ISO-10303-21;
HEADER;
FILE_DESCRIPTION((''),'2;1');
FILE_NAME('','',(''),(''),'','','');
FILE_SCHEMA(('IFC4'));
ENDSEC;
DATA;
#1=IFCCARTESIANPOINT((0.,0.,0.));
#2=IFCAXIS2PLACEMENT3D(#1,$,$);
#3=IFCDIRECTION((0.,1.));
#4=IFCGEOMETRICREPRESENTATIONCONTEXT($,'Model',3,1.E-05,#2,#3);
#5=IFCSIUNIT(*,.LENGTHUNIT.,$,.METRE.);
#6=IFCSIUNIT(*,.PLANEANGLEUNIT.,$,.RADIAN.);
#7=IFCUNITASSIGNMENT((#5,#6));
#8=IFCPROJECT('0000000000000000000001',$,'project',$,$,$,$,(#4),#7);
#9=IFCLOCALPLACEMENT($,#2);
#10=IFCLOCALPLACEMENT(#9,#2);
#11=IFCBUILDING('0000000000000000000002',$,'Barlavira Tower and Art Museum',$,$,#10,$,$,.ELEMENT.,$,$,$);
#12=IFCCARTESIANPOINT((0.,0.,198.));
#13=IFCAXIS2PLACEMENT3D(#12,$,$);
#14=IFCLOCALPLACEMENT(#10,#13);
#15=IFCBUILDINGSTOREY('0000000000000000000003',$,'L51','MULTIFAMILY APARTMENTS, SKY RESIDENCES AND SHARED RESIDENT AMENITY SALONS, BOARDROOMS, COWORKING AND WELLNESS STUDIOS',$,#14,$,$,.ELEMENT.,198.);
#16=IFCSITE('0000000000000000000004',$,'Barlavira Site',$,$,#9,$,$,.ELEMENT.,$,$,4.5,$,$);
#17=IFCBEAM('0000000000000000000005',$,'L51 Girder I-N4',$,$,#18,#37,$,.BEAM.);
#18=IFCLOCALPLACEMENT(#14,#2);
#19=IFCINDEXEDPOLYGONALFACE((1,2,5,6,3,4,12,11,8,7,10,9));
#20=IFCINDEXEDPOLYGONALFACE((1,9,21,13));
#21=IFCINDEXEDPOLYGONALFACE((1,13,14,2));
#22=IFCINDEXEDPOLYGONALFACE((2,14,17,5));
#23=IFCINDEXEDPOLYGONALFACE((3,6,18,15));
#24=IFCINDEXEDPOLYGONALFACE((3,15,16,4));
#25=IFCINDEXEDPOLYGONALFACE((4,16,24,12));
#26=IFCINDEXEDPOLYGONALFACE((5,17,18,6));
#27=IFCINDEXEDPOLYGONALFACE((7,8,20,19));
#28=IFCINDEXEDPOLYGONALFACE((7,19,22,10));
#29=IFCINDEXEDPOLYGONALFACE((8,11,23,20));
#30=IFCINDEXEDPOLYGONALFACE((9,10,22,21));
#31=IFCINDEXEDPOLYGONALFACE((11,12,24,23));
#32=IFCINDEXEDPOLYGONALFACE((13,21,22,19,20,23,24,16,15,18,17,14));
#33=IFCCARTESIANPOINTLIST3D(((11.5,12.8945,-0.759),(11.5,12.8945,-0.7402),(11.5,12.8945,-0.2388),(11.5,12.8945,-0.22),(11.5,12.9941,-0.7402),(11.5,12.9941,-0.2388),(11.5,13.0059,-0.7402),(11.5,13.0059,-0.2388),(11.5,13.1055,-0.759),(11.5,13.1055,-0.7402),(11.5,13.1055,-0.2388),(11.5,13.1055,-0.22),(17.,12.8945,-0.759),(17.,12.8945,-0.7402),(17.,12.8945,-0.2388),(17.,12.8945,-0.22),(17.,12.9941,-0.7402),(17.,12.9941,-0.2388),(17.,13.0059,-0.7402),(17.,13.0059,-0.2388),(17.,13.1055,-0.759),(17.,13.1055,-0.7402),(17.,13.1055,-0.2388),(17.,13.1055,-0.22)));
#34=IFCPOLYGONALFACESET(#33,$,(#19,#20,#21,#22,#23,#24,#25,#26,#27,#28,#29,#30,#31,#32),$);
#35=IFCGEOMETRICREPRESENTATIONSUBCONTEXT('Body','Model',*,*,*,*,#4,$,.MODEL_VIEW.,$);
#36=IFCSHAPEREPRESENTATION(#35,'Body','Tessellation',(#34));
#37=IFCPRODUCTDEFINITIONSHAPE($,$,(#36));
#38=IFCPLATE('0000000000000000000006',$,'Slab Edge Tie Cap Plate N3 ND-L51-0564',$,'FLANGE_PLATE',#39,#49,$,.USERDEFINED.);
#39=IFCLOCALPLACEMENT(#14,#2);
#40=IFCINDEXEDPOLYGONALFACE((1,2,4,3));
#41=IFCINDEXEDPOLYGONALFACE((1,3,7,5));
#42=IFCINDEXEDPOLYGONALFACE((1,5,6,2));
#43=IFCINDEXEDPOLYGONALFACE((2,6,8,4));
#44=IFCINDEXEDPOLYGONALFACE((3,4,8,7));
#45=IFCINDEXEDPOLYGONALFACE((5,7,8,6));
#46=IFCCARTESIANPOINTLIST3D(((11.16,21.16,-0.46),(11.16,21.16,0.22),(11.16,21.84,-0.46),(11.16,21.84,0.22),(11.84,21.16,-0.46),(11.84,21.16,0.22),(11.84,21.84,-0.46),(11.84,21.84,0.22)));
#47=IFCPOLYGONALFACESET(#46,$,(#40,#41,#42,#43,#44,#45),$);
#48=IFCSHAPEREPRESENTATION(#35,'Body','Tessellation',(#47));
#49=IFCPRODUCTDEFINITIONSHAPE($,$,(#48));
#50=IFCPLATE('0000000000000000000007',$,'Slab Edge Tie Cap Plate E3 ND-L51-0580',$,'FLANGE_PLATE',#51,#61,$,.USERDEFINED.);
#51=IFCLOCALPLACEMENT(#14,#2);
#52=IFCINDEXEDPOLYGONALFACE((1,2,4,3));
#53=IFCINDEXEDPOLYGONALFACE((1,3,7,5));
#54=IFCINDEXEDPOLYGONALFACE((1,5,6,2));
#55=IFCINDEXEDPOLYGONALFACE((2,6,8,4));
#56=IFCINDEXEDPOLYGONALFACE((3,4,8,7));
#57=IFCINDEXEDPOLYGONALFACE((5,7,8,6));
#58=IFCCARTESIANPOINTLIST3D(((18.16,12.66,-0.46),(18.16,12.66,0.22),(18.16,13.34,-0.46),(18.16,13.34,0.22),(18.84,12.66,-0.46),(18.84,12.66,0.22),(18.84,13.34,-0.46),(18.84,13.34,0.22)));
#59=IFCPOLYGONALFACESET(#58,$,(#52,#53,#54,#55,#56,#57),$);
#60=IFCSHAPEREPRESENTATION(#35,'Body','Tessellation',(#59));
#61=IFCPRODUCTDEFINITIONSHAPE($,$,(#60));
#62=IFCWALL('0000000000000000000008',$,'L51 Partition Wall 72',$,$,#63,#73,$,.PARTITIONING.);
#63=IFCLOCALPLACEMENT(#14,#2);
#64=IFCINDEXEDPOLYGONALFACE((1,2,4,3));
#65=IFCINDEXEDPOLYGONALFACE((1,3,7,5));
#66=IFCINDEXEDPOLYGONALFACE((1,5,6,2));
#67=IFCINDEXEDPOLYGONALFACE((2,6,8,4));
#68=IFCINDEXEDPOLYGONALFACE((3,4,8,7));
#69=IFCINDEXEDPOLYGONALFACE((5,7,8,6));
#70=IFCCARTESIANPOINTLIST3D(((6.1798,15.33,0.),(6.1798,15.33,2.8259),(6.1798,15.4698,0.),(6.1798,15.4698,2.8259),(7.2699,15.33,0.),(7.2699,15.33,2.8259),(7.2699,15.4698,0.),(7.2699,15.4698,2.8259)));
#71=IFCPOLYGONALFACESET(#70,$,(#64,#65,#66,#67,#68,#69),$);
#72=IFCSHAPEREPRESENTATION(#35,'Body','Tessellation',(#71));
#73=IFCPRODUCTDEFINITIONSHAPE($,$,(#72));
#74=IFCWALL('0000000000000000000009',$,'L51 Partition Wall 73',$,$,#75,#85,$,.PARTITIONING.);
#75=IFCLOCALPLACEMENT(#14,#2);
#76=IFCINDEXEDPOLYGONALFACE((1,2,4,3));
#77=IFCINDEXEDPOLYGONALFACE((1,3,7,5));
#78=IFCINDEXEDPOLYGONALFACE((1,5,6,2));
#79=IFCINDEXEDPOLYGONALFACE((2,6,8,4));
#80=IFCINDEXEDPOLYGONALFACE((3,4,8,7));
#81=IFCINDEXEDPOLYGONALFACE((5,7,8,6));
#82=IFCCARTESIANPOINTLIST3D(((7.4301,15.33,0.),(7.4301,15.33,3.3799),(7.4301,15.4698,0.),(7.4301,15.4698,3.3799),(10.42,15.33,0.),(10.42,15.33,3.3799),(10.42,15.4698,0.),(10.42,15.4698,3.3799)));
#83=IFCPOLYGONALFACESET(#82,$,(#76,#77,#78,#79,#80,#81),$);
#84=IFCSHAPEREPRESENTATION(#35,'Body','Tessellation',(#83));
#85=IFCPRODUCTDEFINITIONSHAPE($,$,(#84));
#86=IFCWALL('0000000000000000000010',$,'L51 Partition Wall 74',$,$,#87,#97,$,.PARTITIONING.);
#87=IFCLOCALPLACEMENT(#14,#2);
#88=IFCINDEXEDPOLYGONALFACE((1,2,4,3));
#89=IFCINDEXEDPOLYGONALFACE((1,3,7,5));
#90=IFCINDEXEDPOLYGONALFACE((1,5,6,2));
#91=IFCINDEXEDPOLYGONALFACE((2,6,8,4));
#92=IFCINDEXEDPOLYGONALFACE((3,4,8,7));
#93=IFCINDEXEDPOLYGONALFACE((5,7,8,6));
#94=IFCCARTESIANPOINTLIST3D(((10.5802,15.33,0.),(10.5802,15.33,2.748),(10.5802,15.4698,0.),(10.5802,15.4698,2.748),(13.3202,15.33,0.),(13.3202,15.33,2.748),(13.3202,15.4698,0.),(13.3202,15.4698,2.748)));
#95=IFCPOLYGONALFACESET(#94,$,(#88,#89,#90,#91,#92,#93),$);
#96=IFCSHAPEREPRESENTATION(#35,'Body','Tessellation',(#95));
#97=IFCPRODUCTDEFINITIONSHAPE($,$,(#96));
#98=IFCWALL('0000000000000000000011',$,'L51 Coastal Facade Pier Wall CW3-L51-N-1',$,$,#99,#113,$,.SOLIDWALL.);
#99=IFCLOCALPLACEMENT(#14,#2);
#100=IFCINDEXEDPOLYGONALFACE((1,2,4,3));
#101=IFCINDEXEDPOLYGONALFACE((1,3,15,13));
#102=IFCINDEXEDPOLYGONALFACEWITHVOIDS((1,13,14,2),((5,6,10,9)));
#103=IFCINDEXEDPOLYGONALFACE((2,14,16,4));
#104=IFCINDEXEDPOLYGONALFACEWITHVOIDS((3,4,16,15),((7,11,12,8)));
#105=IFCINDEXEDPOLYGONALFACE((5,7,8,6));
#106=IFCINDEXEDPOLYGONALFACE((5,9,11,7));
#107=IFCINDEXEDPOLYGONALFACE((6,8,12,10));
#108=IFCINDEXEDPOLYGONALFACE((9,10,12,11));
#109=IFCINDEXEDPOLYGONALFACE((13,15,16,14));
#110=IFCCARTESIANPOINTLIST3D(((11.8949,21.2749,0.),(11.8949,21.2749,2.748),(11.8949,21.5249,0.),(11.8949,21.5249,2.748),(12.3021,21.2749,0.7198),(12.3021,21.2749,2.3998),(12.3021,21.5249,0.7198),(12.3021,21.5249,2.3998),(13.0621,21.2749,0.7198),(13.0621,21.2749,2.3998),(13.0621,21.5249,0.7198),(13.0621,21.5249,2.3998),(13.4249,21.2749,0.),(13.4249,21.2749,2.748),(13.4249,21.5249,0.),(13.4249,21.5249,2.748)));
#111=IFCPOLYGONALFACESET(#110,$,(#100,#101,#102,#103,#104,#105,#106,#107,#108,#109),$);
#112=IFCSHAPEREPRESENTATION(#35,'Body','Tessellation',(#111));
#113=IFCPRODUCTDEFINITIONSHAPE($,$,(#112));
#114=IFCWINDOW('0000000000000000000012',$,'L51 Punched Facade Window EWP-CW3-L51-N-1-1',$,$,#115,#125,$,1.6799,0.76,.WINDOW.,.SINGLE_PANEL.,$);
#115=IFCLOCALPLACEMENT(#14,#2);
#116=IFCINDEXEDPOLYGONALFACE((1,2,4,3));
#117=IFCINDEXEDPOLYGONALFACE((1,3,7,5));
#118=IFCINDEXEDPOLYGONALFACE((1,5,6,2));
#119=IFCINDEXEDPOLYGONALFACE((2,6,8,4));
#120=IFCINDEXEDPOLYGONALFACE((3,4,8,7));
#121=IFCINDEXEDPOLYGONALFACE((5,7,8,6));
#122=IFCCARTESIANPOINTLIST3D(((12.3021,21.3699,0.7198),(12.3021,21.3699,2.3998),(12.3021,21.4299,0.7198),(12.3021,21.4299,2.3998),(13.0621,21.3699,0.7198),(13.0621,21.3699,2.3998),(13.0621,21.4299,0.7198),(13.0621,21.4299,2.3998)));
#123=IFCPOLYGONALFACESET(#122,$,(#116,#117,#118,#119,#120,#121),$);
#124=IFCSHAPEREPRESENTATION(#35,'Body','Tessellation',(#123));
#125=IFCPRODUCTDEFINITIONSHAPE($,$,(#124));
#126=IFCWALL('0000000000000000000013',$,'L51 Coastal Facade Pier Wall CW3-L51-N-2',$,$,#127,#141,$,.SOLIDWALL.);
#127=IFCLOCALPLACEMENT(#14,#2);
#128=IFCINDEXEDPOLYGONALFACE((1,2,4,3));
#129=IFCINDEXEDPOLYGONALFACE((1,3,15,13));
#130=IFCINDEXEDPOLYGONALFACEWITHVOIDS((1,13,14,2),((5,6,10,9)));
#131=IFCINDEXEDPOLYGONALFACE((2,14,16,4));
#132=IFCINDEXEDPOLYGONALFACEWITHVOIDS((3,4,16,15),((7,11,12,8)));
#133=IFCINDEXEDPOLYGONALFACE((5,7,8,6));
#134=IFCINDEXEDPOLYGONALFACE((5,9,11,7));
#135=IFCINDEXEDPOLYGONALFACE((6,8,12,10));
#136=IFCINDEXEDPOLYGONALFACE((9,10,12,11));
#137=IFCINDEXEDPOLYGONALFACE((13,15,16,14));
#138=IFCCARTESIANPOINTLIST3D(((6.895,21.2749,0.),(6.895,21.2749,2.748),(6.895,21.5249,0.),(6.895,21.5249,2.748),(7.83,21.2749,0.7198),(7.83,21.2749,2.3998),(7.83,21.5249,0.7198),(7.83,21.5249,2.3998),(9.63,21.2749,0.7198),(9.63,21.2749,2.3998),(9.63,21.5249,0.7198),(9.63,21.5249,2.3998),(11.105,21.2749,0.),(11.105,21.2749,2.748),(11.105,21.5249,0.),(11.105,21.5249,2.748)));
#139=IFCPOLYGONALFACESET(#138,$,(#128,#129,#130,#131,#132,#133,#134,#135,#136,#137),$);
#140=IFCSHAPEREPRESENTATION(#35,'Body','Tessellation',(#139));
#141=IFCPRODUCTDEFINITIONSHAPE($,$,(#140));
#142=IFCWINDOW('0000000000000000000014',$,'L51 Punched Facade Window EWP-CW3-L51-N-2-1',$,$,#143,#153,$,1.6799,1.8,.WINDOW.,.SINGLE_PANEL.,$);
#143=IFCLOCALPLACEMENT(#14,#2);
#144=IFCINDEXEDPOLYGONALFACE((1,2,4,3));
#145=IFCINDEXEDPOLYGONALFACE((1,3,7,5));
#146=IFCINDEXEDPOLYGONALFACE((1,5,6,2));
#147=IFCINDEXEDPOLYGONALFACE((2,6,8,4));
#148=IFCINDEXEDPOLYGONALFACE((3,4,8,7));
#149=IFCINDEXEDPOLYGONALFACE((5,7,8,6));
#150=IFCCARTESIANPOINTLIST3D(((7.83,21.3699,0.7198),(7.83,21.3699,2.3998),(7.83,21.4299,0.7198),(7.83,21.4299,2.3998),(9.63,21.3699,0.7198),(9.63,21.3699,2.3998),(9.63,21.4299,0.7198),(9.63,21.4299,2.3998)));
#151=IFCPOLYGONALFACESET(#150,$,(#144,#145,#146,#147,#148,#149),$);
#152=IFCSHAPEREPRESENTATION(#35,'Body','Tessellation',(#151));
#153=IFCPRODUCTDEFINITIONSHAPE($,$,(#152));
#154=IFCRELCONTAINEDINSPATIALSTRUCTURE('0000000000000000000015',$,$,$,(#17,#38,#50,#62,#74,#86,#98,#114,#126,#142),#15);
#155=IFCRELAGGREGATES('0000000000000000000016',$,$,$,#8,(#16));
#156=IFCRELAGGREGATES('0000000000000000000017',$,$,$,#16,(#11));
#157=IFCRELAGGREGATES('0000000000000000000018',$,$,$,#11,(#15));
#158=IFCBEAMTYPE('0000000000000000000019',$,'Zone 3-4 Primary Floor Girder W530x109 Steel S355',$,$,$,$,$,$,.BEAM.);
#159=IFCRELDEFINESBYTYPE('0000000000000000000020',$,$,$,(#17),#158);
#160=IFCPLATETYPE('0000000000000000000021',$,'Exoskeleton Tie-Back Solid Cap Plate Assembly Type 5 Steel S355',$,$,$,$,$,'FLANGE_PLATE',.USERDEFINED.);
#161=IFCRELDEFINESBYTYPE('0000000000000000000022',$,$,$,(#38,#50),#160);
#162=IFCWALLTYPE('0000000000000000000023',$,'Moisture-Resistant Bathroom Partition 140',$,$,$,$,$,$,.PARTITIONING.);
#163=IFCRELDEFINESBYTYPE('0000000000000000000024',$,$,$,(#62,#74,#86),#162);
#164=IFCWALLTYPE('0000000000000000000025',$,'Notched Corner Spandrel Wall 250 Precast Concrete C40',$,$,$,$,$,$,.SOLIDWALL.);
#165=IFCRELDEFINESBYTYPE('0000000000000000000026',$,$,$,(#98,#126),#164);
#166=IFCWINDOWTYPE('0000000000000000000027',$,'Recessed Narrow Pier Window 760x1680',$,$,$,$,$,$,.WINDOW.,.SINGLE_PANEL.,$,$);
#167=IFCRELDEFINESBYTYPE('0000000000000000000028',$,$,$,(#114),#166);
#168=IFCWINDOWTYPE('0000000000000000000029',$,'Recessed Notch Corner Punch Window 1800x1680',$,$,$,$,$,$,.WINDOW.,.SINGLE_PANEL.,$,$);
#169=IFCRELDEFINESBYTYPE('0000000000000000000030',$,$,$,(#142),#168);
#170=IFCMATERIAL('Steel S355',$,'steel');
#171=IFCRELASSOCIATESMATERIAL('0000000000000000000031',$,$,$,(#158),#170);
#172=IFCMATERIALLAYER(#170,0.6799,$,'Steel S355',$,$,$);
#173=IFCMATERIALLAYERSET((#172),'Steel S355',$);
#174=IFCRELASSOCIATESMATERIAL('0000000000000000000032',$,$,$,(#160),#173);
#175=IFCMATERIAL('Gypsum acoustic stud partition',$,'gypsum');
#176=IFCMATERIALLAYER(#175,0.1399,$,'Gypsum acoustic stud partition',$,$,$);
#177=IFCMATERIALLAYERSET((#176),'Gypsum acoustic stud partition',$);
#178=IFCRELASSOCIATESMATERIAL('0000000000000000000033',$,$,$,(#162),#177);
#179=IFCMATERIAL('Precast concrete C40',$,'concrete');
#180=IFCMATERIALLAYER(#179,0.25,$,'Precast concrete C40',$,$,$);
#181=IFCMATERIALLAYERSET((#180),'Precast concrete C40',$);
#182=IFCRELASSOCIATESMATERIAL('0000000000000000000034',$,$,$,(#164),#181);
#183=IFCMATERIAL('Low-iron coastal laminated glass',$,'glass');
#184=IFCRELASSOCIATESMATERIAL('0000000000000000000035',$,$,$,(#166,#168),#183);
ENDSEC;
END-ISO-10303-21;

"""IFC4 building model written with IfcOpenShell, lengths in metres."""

from ifc_helpers import new_model, si_unit, direction, frame, frame_2d, origin, origin_2d, place, context, subcontext, project, spatial, rectangle, i_section, extrude, material, layer, layer_set, material_profile, profile_set, type_object, element, fill, save


model = new_model("IFC4")

# Units and contexts
model_context = context("Model", 3, precision=1e-05, world=origin(), true_north=direction((0.0, 1.0)))
body_context = subcontext(model_context, "Body", "Model", "MODEL_VIEW")
ifc_project = project(units=[si_unit("LENGTHUNIT", "METRE"), si_unit("PLANEANGLEUNIT", "RADIAN")], contexts=[model_context])

# Site, building, storey
site_placement = place(None, origin())
site = spatial("IfcSite", under=ifc_project, at=site_placement, Name="Barlavira Site", CompositionType="ELEMENT", RefElevation=4.5)
building_placement = place(site_placement, origin())
building = spatial("IfcBuilding", under=site, at=building_placement, Name="Barlavira Tower and Art Museum", CompositionType="ELEMENT")
storey_placement = place(building_placement, frame((0.0, 0.0, 198.0)))
storey = spatial("IfcBuildingStorey", under=building, at=storey_placement, Name="L51", Description="MULTIFAMILY APARTMENTS, SKY RESIDENCES AND SHARED RESIDENT AMENITY SALONS, BOARDROOMS, COWORKING AND WELLNESS STUDIOS", CompositionType="ELEMENT", Elevation=198.0)

# Shared definitions
ifc_material_1 = material(Name="Steel S355", Category="steel")

# Beam
ifc_material_profile_1 = material_profile(ifc_material_1, i_section(OverallWidth=0.2109, OverallDepth=0.5391, WebThickness=0.0117, FlangeThickness=0.0188, at=origin_2d()), Name="W530x109.0")
ifc_profile_set_1 = profile_set([ifc_material_profile_1], Name="Steel S355")
beam_type_1 = type_object("IfcBeamType", Name="Zone 3-4 Primary Floor Girder W530x109 Steel S355", PredefinedType="BEAM", material=ifc_profile_set_1)
beam_1_placement = place(storey_placement, frame((11.5, 13.0, -0.4895), z_axis=(1.0, 0.0, 0.0), x_axis=(0.0, 1.0, 0.0)))
element("IfcBeam", 1, at=beam_1_placement, inside=storey, type_object=beam_type_1, Name="L51 Girder I-N4", PredefinedType="BEAM", context=body_context, shape_type="SweptSolid", body=[
    extrude(i_section(OverallWidth=0.2109, OverallDepth=0.5391, WebThickness=0.0117, FlangeThickness=0.0188, at=origin_2d()), origin(), (0.0, 0.0, 1.0), 5.5),
])

# Plates
ifc_layer_1 = layer(ifc_material_1, 0.6799, Name="Steel S355")
ifc_layer_set_1 = layer_set([ifc_layer_1], Name="Steel S355")
plate_type = type_object("IfcPlateType", Name="Exoskeleton Tie-Back Solid Cap Plate Assembly Type 5 Steel S355", ElementType="FLANGE_PLATE", PredefinedType="USERDEFINED", material=ifc_layer_set_1)
for number, where, z_axis, x_axis, name in (
    (2, (11.5, 21.5, -0.46), (0.0, 0.0, 1.0), (1.0, 0.0, 0.0), "Slab Edge Tie Cap Plate N3 ND-L51-0564"),
    (3, (18.5, 13.0, -0.46), (0.0, 0.0, 1.0), (1.0, 0.0, 0.0), "Slab Edge Tie Cap Plate E3 ND-L51-0580"),
):
    element("IfcPlate", number, at=place(storey_placement, frame(where, z_axis=z_axis, x_axis=x_axis)), inside=storey, type_object=plate_type, Name=name, ObjectType="FLANGE_PLATE", PredefinedType="USERDEFINED", context=body_context, shape_type="SweptSolid", body=[
        extrude(rectangle(XDim=0.6799, YDim=0.6799, at=origin_2d()), origin(), (0.0, 0.0, 1.0), 0.6799),
    ])

# Walls
ifc_material_2 = material(Name="Gypsum acoustic stud partition", Category="gypsum")
ifc_layer_2 = layer(ifc_material_2, 0.1399, Name="Gypsum acoustic stud partition")
ifc_layer_set_2 = layer_set([ifc_layer_2], Name="Gypsum acoustic stud partition")
wall_type_1 = type_object("IfcWallType", Name="Moisture-Resistant Bathroom Partition 140", PredefinedType="PARTITIONING", material=ifc_layer_set_2)
wall_1_placement = place(storey_placement, frame((6.1799, 15.3999, 0.0), z_axis=(0.0, 0.0, 1.0), x_axis=(1.0, 0.0, 0.0)))
element("IfcWall", 4, at=wall_1_placement, inside=storey, type_object=wall_type_1, Name="L51 Partition Wall 72", PredefinedType="PARTITIONING", context=body_context, shape_type="SweptSolid", body=[
    extrude(rectangle(XDim=1.0901, YDim=0.1399, at=frame_2d((0.5449, 0.0))), origin(), (0.0, 0.0, 1.0), 2.8259),
])
wall_2_placement = place(storey_placement, frame((7.4299, 15.3999, 0.0), z_axis=(0.0, 0.0, 1.0), x_axis=(1.0, 0.0, 0.0)))
element("IfcWall", 5, at=wall_2_placement, inside=storey, type_object=wall_type_1, Name="L51 Partition Wall 73", PredefinedType="PARTITIONING", context=body_context, shape_type="SweptSolid", body=[
    extrude(rectangle(XDim=2.99, YDim=0.1399, at=frame_2d((1.4951, 0.0))), origin(), (0.0, 0.0, 1.0), 3.3799),
])
wall_3_placement = place(storey_placement, frame((10.5801, 15.3999, 0.0), z_axis=(0.0, 0.0, 1.0), x_axis=(1.0, 0.0, 0.0)))
element("IfcWall", 6, at=wall_3_placement, inside=storey, type_object=wall_type_1, Name="L51 Partition Wall 74", PredefinedType="PARTITIONING", context=body_context, shape_type="SweptSolid", body=[
    extrude(rectangle(XDim=2.74, YDim=0.1399, at=frame_2d((1.3701, 0.0))), origin(), (0.0, 0.0, 1.0), 2.748),
])

# Walls, openings, windows
ifc_material_3 = material(Name="Precast concrete C40", Category="concrete")
ifc_layer_3 = layer(ifc_material_3, 0.25, Name="Precast concrete C40")
ifc_layer_set_3 = layer_set([ifc_layer_3], Name="Precast concrete C40")
wall_type_2 = type_object("IfcWallType", Name="Notched Corner Spandrel Wall 250 Precast Concrete C40", PredefinedType="SOLIDWALL", material=ifc_layer_set_3)
wall_4_placement = place(storey_placement, frame((13.425, 21.3999, 0.0), z_axis=(0.0, 0.0, 1.0), x_axis=(-1.0, 0.0, 0.0)))
wall_4 = element("IfcWall", 7, at=wall_4_placement, inside=storey, type_object=wall_type_2, Name="L51 Coastal Facade Pier Wall CW3-L51-N-1", PredefinedType="SOLIDWALL", context=body_context, shape_type="SweptSolid", body=[
    extrude(rectangle(XDim=1.53, YDim=0.25, at=frame_2d((0.7651, 0.0))), origin(), (0.0, 0.0, 1.0), 2.748),
])
opening_1_placement = place(wall_4_placement, frame((0.363, 0.0, 0.72)))
opening_1 = element("IfcOpeningElement", 8, at=opening_1_placement, cuts=wall_4, PredefinedType="OPENING", context=body_context, shape_type="SweptSolid", body=[
    extrude(rectangle(XDim=0.76, YDim=1.6799, at=frame_2d((0.3799, 0.8398))), frame((0.0, 0.135, 0.0), z_axis=(0.0, -1.0, 0.0), x_axis=(1.0, 0.0, 0.0)), (0.0, 0.0, 1.0), 0.27),
])
ifc_material_4 = material(Name="Low-iron coastal laminated glass", Category="glass")
window_type_1 = type_object("IfcWindowType", Name="Recessed Narrow Pier Window 760x1680", PartitioningType="SINGLE_PANEL", PredefinedType="WINDOW", material=ifc_material_4)
window_1_placement = place(opening_1_placement, origin())
window_1 = element("IfcWindow", 9, at=window_1_placement, inside=storey, type_object=window_type_1, Name="L51 Punched Facade Window EWP-CW3-L51-N-1-1", OverallHeight=1.6799, OverallWidth=0.76, PartitioningType="SINGLE_PANEL", PredefinedType="WINDOW", context=body_context, shape_type="SweptSolid", body=[
    extrude(rectangle(XDim=0.76, YDim=1.6799, at=frame_2d((0.3799, 0.8398))), frame((0.0, 0.03, 0.0), z_axis=(0.0, -1.0, 0.0), x_axis=(1.0, 0.0, 0.0)), (0.0, 0.0, 1.0), 0.0601),
])
fill(opening_1, window_1)
wall_5_placement = place(storey_placement, frame((11.105, 21.3999, 0.0), z_axis=(0.0, 0.0, 1.0), x_axis=(-1.0, 0.0, 0.0)))
wall_5 = element("IfcWall", 10, at=wall_5_placement, inside=storey, type_object=wall_type_2, Name="L51 Coastal Facade Pier Wall CW3-L51-N-2", PredefinedType="SOLIDWALL", context=body_context, shape_type="SweptSolid", body=[
    extrude(rectangle(XDim=4.21, YDim=0.25, at=frame_2d((2.105, 0.0))), origin(), (0.0, 0.0, 1.0), 2.748),
])
opening_2_placement = place(wall_5_placement, frame((1.4751, 0.0, 0.72)))
opening_2 = element("IfcOpeningElement", 11, at=opening_2_placement, cuts=wall_5, PredefinedType="OPENING", context=body_context, shape_type="SweptSolid", body=[
    extrude(rectangle(XDim=1.8, YDim=1.6799, at=frame_2d((0.8999, 0.8398))), frame((0.0, 0.135, 0.0), z_axis=(0.0, -1.0, 0.0), x_axis=(1.0, 0.0, 0.0)), (0.0, 0.0, 1.0), 0.27),
])
window_type_2 = type_object("IfcWindowType", Name="Recessed Notch Corner Punch Window 1800x1680", PartitioningType="SINGLE_PANEL", PredefinedType="WINDOW", material=ifc_material_4)
window_2_placement = place(opening_2_placement, origin())
window_2 = element("IfcWindow", 12, at=window_2_placement, inside=storey, type_object=window_type_2, Name="L51 Punched Facade Window EWP-CW3-L51-N-2-1", OverallHeight=1.6799, OverallWidth=1.8, PartitioningType="SINGLE_PANEL", PredefinedType="WINDOW", context=body_context, shape_type="SweptSolid", body=[
    extrude(rectangle(XDim=1.8, YDim=1.6799, at=frame_2d((0.8999, 0.8398))), frame((0.0, 0.03, 0.0), z_axis=(0.0, -1.0, 0.0), x_axis=(1.0, 0.0, 0.0)), (0.0, 0.0, 1.0), 0.0601),
])
fill(opening_2, window_2)

save(model, "model.ifc")
